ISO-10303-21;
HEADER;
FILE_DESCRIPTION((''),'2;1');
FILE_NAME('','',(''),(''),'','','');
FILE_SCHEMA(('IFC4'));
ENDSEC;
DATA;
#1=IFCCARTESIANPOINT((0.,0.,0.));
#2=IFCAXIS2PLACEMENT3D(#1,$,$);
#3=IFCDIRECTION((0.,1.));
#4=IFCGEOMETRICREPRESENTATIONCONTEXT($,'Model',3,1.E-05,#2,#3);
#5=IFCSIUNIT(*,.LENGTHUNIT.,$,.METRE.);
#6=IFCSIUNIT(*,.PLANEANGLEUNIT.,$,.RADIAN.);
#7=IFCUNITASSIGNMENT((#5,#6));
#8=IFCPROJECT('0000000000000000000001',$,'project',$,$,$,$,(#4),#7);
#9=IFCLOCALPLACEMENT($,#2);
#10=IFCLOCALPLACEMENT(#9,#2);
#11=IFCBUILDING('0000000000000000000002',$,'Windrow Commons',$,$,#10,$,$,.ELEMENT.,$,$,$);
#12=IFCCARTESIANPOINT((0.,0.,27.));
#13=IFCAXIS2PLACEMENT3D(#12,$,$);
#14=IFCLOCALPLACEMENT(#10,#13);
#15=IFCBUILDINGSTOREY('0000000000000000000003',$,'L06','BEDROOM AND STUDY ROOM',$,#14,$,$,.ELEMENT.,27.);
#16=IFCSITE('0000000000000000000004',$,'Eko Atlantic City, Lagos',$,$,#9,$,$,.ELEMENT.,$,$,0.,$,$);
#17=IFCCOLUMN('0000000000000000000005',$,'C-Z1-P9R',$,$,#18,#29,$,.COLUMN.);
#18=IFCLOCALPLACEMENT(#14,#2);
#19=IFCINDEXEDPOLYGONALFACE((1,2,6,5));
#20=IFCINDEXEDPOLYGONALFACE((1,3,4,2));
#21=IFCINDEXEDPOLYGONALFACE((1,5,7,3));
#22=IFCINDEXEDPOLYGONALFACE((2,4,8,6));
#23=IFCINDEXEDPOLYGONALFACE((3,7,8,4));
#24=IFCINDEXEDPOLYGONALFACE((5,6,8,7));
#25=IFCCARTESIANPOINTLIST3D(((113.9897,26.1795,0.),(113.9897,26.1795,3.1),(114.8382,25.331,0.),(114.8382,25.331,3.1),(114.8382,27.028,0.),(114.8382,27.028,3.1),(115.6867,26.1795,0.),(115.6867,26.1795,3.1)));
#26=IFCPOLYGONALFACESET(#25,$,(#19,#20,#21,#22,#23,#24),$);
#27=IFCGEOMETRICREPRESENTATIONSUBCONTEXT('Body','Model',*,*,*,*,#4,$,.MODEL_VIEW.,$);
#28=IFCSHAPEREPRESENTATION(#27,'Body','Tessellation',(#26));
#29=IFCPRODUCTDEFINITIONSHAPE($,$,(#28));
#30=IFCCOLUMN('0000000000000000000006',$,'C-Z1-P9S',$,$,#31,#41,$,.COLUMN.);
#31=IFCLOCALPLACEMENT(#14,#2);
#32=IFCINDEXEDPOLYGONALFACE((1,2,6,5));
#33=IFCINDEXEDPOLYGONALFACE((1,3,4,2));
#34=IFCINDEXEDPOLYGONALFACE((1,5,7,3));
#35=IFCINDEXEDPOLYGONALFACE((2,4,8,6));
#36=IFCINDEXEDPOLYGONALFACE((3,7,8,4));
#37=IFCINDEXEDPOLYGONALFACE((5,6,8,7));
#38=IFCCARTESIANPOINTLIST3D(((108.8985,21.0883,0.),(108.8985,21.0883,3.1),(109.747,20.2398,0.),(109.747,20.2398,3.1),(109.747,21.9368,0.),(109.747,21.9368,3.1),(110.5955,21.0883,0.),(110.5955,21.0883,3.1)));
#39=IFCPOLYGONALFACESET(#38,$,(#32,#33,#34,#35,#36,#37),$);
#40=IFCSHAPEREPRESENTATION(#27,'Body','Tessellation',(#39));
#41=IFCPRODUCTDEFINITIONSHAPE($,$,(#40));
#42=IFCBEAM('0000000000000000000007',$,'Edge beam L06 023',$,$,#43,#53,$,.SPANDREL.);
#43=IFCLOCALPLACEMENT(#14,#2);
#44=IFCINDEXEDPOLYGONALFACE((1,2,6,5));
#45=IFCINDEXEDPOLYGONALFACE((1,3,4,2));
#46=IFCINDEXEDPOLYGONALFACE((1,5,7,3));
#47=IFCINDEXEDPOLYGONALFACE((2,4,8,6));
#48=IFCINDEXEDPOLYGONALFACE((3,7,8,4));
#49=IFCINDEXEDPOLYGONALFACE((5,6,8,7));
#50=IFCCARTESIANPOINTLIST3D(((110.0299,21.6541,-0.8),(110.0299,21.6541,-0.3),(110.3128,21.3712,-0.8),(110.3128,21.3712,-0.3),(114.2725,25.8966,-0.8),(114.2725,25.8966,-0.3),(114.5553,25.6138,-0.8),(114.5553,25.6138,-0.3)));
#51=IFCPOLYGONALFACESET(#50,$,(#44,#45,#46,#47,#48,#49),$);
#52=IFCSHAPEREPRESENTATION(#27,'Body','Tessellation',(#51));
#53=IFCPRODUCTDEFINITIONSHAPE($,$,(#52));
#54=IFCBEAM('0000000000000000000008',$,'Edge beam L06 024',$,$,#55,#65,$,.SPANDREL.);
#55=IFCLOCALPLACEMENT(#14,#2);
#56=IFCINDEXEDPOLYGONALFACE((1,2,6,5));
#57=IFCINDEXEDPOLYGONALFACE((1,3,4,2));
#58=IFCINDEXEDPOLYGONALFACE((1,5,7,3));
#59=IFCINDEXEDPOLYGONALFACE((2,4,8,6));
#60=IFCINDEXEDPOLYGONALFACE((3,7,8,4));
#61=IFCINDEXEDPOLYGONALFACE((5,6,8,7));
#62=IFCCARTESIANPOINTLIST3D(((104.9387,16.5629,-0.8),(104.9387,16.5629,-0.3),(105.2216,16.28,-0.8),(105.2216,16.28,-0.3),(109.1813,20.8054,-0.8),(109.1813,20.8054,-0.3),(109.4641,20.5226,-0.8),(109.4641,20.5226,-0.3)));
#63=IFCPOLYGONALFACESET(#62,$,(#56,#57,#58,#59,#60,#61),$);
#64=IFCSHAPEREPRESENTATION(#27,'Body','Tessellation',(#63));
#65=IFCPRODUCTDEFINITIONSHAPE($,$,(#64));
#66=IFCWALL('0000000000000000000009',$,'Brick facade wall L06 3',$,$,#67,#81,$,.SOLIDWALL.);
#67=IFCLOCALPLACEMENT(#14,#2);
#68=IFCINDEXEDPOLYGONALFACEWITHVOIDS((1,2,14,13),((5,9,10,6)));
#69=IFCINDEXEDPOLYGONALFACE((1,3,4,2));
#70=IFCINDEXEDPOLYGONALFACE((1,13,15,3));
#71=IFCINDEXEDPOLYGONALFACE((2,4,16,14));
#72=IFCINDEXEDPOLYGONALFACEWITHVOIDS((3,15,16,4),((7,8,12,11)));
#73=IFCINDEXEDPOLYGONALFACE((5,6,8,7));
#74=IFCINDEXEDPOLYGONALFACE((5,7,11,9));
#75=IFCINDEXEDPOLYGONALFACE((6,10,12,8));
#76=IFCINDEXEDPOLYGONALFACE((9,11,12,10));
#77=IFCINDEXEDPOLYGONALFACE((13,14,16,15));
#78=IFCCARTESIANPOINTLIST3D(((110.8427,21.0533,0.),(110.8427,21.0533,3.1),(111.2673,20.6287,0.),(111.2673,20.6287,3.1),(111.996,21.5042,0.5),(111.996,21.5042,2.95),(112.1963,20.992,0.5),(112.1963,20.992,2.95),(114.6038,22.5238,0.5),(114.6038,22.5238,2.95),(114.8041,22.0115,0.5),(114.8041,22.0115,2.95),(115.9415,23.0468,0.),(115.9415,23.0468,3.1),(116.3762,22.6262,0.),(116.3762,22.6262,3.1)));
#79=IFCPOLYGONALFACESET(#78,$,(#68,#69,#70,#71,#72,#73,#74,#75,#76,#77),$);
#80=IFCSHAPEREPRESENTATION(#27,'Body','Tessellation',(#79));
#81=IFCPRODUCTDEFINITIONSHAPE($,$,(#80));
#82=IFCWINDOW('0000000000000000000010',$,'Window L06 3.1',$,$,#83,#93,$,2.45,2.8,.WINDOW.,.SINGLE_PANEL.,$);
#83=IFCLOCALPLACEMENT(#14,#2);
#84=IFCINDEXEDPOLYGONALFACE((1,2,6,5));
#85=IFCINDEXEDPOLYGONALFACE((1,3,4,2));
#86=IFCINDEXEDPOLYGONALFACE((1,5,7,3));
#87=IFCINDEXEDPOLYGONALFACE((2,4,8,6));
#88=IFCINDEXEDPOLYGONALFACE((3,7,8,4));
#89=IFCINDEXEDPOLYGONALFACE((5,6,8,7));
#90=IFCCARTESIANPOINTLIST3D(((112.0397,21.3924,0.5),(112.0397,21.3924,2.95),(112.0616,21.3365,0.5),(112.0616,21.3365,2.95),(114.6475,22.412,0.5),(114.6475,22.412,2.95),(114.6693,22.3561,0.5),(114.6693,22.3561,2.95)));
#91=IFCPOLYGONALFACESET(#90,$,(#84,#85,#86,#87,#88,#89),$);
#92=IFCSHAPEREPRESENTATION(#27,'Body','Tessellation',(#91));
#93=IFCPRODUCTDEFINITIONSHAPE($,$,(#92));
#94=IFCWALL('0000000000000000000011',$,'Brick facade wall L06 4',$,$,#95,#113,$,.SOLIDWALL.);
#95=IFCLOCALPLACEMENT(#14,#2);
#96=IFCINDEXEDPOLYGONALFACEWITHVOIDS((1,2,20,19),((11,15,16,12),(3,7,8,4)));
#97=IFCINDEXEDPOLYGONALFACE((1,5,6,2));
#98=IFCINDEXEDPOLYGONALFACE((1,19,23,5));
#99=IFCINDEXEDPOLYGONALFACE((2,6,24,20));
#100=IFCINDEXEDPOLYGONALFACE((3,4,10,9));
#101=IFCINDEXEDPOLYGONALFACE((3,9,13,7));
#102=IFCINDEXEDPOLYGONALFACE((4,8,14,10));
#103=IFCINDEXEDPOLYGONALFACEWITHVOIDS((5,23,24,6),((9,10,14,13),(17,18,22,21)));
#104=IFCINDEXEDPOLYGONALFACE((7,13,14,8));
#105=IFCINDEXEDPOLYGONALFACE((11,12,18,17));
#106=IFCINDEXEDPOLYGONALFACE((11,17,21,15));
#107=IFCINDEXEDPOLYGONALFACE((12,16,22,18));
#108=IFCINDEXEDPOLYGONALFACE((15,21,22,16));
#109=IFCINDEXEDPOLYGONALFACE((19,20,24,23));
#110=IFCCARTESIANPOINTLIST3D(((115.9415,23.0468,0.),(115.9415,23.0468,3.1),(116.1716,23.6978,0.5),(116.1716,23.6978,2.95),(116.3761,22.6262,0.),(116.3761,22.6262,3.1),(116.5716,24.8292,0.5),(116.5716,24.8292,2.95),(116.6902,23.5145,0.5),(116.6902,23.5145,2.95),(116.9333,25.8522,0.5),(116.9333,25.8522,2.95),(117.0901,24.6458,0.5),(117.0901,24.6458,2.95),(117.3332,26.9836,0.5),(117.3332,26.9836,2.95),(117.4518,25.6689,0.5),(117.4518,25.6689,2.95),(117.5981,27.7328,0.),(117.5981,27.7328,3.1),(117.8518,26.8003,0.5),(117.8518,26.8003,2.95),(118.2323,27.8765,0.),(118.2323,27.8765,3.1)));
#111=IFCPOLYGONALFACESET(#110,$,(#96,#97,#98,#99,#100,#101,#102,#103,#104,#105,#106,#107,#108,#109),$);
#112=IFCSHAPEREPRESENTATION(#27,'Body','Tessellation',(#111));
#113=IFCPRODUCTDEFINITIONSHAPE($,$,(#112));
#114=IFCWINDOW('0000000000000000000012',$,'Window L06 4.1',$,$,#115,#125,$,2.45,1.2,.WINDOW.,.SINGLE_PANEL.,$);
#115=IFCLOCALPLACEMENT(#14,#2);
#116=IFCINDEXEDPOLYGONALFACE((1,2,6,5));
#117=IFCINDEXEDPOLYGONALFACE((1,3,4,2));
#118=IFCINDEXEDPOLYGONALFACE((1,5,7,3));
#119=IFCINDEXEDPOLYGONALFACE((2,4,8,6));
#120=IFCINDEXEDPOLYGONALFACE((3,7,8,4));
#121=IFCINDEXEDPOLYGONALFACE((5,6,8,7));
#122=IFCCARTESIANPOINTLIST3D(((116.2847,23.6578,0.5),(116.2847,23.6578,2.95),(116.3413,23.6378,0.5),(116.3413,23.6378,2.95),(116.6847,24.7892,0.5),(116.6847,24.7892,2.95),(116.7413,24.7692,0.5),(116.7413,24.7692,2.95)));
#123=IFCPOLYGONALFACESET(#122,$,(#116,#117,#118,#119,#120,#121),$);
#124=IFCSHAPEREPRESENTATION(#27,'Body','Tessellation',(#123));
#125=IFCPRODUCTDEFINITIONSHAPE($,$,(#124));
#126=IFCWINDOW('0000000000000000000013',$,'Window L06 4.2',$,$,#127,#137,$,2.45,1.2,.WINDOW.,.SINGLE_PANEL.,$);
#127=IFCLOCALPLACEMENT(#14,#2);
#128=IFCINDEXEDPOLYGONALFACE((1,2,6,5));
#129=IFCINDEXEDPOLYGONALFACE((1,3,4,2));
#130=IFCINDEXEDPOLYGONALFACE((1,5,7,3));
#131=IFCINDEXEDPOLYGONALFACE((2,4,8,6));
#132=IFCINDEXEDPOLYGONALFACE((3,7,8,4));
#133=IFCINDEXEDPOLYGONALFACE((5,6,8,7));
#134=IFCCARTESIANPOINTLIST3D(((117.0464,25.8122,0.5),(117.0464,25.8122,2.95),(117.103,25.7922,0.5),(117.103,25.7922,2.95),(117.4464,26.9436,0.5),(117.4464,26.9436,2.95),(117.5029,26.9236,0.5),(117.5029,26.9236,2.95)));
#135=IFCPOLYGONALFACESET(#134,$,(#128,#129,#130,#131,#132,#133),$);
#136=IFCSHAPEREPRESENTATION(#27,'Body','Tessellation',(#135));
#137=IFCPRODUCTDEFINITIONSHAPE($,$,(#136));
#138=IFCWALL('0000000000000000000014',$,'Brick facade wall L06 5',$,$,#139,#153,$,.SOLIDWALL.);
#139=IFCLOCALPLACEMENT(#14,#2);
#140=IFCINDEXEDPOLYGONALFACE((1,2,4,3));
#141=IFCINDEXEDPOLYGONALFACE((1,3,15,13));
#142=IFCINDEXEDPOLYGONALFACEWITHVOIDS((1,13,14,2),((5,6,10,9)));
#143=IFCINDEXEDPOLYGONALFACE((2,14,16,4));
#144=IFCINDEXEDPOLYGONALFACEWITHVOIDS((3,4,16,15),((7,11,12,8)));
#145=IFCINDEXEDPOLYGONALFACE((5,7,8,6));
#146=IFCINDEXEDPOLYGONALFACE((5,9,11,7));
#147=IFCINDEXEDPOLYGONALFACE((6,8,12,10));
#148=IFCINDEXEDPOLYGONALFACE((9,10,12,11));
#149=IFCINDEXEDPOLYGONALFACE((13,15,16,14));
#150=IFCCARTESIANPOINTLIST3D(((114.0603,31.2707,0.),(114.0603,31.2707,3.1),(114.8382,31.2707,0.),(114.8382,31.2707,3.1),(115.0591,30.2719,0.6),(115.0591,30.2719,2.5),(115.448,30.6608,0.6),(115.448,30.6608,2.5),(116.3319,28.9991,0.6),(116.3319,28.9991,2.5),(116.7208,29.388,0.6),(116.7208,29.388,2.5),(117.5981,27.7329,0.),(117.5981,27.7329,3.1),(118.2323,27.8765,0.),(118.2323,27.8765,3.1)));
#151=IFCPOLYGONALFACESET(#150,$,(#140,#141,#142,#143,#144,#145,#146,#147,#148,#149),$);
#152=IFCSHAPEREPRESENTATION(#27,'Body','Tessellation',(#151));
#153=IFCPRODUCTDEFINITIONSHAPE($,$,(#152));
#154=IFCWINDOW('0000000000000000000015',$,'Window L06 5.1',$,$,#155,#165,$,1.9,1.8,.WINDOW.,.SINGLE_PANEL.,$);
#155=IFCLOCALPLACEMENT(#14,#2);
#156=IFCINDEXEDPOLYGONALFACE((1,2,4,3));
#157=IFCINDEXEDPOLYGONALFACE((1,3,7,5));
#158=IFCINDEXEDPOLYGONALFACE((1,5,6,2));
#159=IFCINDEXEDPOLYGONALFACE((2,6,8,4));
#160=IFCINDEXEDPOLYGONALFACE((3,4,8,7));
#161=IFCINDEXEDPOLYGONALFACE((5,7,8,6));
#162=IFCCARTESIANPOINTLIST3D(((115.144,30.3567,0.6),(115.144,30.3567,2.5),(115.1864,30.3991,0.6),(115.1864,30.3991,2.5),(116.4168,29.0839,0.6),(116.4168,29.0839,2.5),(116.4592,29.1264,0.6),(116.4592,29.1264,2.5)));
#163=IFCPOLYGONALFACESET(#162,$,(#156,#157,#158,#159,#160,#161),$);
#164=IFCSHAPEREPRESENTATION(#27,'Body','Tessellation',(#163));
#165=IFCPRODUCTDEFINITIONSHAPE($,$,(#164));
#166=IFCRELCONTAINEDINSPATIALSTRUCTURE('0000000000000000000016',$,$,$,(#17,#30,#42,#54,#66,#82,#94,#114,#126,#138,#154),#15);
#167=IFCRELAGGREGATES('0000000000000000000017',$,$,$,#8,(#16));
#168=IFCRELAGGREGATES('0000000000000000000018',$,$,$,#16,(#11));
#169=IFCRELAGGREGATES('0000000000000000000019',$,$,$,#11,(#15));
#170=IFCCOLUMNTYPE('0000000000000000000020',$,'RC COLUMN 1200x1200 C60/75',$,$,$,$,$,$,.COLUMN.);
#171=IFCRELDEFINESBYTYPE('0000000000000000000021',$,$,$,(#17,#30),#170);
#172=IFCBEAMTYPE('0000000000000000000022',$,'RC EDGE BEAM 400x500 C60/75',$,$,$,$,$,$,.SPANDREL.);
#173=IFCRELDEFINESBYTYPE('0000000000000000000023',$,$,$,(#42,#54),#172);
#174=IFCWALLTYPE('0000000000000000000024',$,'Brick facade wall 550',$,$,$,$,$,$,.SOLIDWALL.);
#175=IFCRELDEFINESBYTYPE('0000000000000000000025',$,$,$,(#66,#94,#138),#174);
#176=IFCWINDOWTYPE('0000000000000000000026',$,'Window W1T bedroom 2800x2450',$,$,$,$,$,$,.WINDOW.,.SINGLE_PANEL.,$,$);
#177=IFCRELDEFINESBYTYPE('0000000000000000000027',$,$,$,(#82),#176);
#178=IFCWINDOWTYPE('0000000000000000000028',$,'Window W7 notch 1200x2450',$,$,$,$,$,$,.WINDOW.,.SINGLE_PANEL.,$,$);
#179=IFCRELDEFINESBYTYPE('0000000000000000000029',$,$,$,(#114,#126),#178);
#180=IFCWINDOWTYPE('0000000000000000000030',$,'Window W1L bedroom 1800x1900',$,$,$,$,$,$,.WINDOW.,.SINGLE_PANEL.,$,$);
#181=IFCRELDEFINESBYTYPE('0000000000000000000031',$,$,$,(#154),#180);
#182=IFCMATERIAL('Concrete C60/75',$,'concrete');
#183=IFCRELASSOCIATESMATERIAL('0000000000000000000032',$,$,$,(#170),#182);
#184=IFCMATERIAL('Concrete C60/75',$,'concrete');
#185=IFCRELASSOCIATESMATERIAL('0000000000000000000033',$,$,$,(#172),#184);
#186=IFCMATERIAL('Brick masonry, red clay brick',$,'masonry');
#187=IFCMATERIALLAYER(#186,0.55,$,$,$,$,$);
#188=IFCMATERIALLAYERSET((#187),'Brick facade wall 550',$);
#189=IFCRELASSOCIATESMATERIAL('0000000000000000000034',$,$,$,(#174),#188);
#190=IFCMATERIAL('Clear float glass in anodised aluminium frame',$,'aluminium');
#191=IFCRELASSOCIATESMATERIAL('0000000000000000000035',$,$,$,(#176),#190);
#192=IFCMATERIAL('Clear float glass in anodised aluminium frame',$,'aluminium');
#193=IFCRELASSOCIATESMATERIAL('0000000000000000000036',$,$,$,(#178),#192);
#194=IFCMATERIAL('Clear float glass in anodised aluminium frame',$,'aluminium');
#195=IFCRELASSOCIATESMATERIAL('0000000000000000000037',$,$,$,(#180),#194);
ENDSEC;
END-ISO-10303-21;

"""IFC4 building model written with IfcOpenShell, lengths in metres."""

from ifc_helpers import new_model, si_unit, direction, frame, frame_2d, origin, origin_2d, place, context, subcontext, project, spatial, polyline, rectangle, outline, extrude, material, layer, layer_set, material_profile, profile_set, type_object, element, fill, save


model = new_model("IFC4")

# Units and contexts
model_context = context("Model", 3, precision=1e-05, world=origin(), true_north=direction((0.0, 1.0)))
body_context = subcontext(model_context, "Body", "Model", "MODEL_VIEW")
ifc_project = project(units=[si_unit("LENGTHUNIT", "METRE"), si_unit("PLANEANGLEUNIT", "RADIAN")], contexts=[model_context])

# Site, building, storey
site_placement = place(None, origin())
site = spatial("IfcSite", under=ifc_project, at=site_placement, Name="Eko Atlantic City, Lagos", CompositionType="ELEMENT", RefElevation=0.0)
building_placement = place(site_placement, origin())
building = spatial("IfcBuilding", under=site, at=building_placement, Name="Windrow Commons", CompositionType="ELEMENT")
storey_placement = place(building_placement, frame((0.0, 0.0, 27.0)))
storey = spatial("IfcBuildingStorey", under=building, at=storey_placement, Name="L06", Description="BEDROOM AND STUDY ROOM", CompositionType="ELEMENT", Elevation=27.0)

# Columns
ifc_material_1 = material(Name="Concrete C60/75", Category="concrete")
ifc_material_profile_1 = material_profile(ifc_material_1, rectangle(XDim=1.2, YDim=1.2, at=origin_2d()))
ifc_profile_set_1 = profile_set([ifc_material_profile_1], Name="Concrete C60/75")
column_type = type_object("IfcColumnType", Name="RC COLUMN 1200x1200 C60/75", PredefinedType="COLUMN", material=ifc_profile_set_1)
for number, where, z_axis, x_axis, name in (
    (1, (114.8382, 26.1795, 0.0), (0.0, 0.0, 1.0), (0.707107, -0.707107, 0.0), "C-Z1-P9R"),
    (2, (109.747, 21.0883, 0.0), (0.0, 0.0, 1.0), (0.707107, -0.707107, 0.0), "C-Z1-P9S"),
):
    element("IfcColumn", number, at=place(storey_placement, frame(where, z_axis=z_axis, x_axis=x_axis)), inside=storey, type_object=column_type, Name=name, PredefinedType="COLUMN", context=body_context, shape_type="SweptSolid", body=[
        extrude(rectangle(XDim=1.2, YDim=1.2, at=origin_2d()), origin(), (0.0, 0.0, 1.0), 3.1),
    ])

# Beams
ifc_material_2 = material(Name="Concrete C60/75", Category="concrete")
ifc_material_profile_2 = material_profile(ifc_material_2, rectangle(XDim=0.4, YDim=0.5, at=origin_2d()))
ifc_profile_set_2 = profile_set([ifc_material_profile_2], Name="Concrete C60/75")
beam_type = type_object("IfcBeamType", Name="RC EDGE BEAM 400x500 C60/75", PredefinedType="SPANDREL", material=ifc_profile_set_2)
for number, where, z_axis, x_axis, name in (
    (3, (114.4139, 25.7552, -0.55), (-0.707107, -0.707107, 0.0), (0.707107, -0.707107, 0.0), "Edge beam L06 023"),
    (4, (109.3227, 20.664, -0.55), (-0.707107, -0.707107, 0.0), (0.707107, -0.707107, 0.0), "Edge beam L06 024"),
):
    element("IfcBeam", number, at=place(storey_placement, frame(where, z_axis=z_axis, x_axis=x_axis)), inside=storey, type_object=beam_type, Name=name, PredefinedType="SPANDREL", context=body_context, shape_type="SweptSolid", body=[
        extrude(rectangle(XDim=0.4, YDim=0.5, at=origin_2d()), origin(), (0.0, 0.0, 1.0), 5.9999),
    ])

# Wall, opening, window
ifc_material_3 = material(Name="Brick masonry, red clay brick", Category="masonry")
ifc_layer_1 = layer(ifc_material_3, 0.55)
ifc_layer_set_1 = layer_set([ifc_layer_1], Name="Brick facade wall 550")
wall_type_1 = type_object("IfcWallType", Name="Brick facade wall 550", PredefinedType="SOLIDWALL", material=ifc_layer_set_1)
wall_1_placement = place(storey_placement, frame((111.055, 20.841, 0.0), z_axis=(0.0, 0.0, 1.0), x_axis=(0.931344, 0.36414, 0.0)))
wall_1 = element("IfcWall", 5, at=wall_1_placement, inside=storey, type_object=wall_type_1, Name="Brick facade wall L06 3", PredefinedType="SOLIDWALL", context=body_context, shape_type="SweptSolid", body=[
    extrude(outline(polyline([(0.1204, -0.275), (5.6059, -0.275), (5.3542, 0.275), (-0.1204, 0.275), (0.1204, -0.275)])), origin(), (0.0, 0.0, 1.0), 3.1),
])
opening_1_placement = place(wall_1_placement, frame((1.1179, 0.0, 0.5)))
opening_1 = element("IfcOpeningElement", 6, at=opening_1_placement, cuts=wall_1, PredefinedType="OPENING", context=body_context, shape_type="SweptSolid", body=[
    extrude(rectangle(XDim=2.8, YDim=2.45, at=frame_2d((1.4, 1.225))), frame((0.0, 0.285, 0.0), z_axis=(0.0, -1.0, 0.0), x_axis=(1.0, 0.0, 0.0)), (0.0, 0.0, 1.0), 0.57),
])
ifc_material_4 = material(Name="Clear float glass in anodised aluminium frame", Category="aluminium")
window_type_1 = type_object("IfcWindowType", Name="Window W1T bedroom 2800x2450", PartitioningType="SINGLE_PANEL", PredefinedType="WINDOW", material=ifc_material_4)
window_1_placement = place(opening_1_placement, origin())
window_1 = element("IfcWindow", 7, at=window_1_placement, inside=storey, type_object=window_type_1, Name="Window L06 3.1", OverallHeight=2.45, OverallWidth=2.8, PartitioningType="SINGLE_PANEL", PredefinedType="WINDOW", context=body_context, shape_type="SweptSolid", body=[
    extrude(rectangle(XDim=2.8, YDim=2.45, at=frame_2d((1.4, 1.225))), frame((0.0, 0.155, 0.0), z_axis=(0.0, -1.0, 0.0), x_axis=(1.0, 0.0, 0.0)), (0.0, 0.0, 1.0), 0.06),
])
fill(opening_1, window_1)

# Wall, openings, windows
wall_2_placement = place(storey_placement, frame((116.1588, 22.8365, 0.0), z_axis=(0.0, 0.0, 1.0), x_axis=(0.333312, 0.942816, 0.0)))
wall_2 = element("IfcWall", 8, at=wall_2_placement, inside=storey, type_object=wall_type_1, Name="Brick facade wall L06 4", PredefinedType="SOLIDWALL", context=body_context, shape_type="SweptSolid", body=[
    extrude(outline(polyline([(-0.1258, -0.275), (5.4429, -0.275), (5.0961, 0.275), (0.1258, 0.275), (-0.1258, -0.275)])), origin(), (0.0, 0.0, 1.0), 3.1),
])
opening_2_placement = place(wall_2_placement, frame((0.8163, 0.0, 0.5)))
opening_2 = element("IfcOpeningElement", 9, at=opening_2_placement, cuts=wall_2, PredefinedType="OPENING", context=body_context, shape_type="SweptSolid", body=[
    extrude(rectangle(XDim=1.2, YDim=2.45, at=frame_2d((0.6, 1.225))), frame((0.0, 0.285, 0.0), z_axis=(0.0, -1.0, 0.0), x_axis=(1.0, 0.0, 0.0)), (0.0, 0.0, 1.0), 0.57),
])
opening_3_placement = place(wall_2_placement, frame((3.1014, 0.0, 0.5)))
opening_3 = element("IfcOpeningElement", 10, at=opening_3_placement, cuts=wall_2, PredefinedType="OPENING", context=body_context, shape_type="SweptSolid", body=[
    extrude(rectangle(XDim=1.2, YDim=2.45, at=frame_2d((0.6, 1.225))), frame((0.0, 0.285, 0.0), z_axis=(0.0, -1.0, 0.0), x_axis=(1.0, 0.0, 0.0)), (0.0, 0.0, 1.0), 0.57),
])
ifc_material_5 = material(Name="Clear float glass in anodised aluminium frame", Category="aluminium")
window_type_2 = type_object("IfcWindowType", Name="Window W7 notch 1200x2450", PartitioningType="SINGLE_PANEL", PredefinedType="WINDOW", material=ifc_material_5)
window_2_placement = place(opening_2_placement, origin())
window_2 = element("IfcWindow", 11, at=window_2_placement, inside=storey, type_object=window_type_2, Name="Window L06 4.1", OverallHeight=2.45, OverallWidth=1.2, PartitioningType="SINGLE_PANEL", PredefinedType="WINDOW", context=body_context, shape_type="SweptSolid", body=[
    extrude(rectangle(XDim=1.2, YDim=2.45, at=frame_2d((0.6, 1.225))), frame((0.0, 0.155, 0.0), z_axis=(0.0, -1.0, 0.0), x_axis=(1.0, 0.0, 0.0)), (0.0, 0.0, 1.0), 0.06),
])
fill(opening_2, window_2)
window_3_placement = place(opening_3_placement, origin())
window_3 = element("IfcWindow", 12, at=window_3_placement, inside=storey, type_object=window_type_2, Name="Window L06 4.2", OverallHeight=2.45, OverallWidth=1.2, PartitioningType="SINGLE_PANEL", PredefinedType="WINDOW", context=body_context, shape_type="SweptSolid", body=[
    extrude(rectangle(XDim=1.2, YDim=2.45, at=frame_2d((0.6, 1.225))), frame((0.0, 0.155, 0.0), z_axis=(0.0, -1.0, 0.0), x_axis=(1.0, 0.0, 0.0)), (0.0, 0.0, 1.0), 0.06),
])
fill(opening_3, window_3)

# Wall, opening, window
wall_3_placement = place(storey_placement, frame((117.9152, 27.8047, 0.0), z_axis=(0.0, 0.0, 1.0), x_axis=(-0.707107, 0.707107, 0.0)))
wall_3 = element("IfcWall", 13, at=wall_3_placement, inside=storey, type_object=wall_type_1, Name="Brick facade wall L06 5", PredefinedType="SOLIDWALL", context=body_context, shape_type="SweptSolid", body=[
    extrude(outline(polyline([(-0.1734, -0.275), (4.6266, -0.275), (5.1766, 0.275), (0.1734, 0.275), (-0.1734, -0.275)])), origin(), (0.0, 0.0, 1.0), 3.1),
])
opening_4_placement = place(wall_3_placement, frame((1.9641, 0.0, 0.6)))
opening_4 = element("IfcOpeningElement", 14, at=opening_4_placement, cuts=wall_3, PredefinedType="OPENING", context=body_context, shape_type="SweptSolid", body=[
    extrude(rectangle(XDim=1.8, YDim=1.9, at=frame_2d((0.9, 0.95))), frame((0.0, 0.285, 0.0), z_axis=(0.0, -1.0, 0.0), x_axis=(1.0, 0.0, 0.0)), (0.0, 0.0, 1.0), 0.57),
])
ifc_material_6 = material(Name="Clear float glass in anodised aluminium frame", Category="aluminium")
window_type_3 = type_object("IfcWindowType", Name="Window W1L bedroom 1800x1900", PartitioningType="SINGLE_PANEL", PredefinedType="WINDOW", material=ifc_material_6)
window_4_placement = place(opening_4_placement, origin())
window_4 = element("IfcWindow", 15, at=window_4_placement, inside=storey, type_object=window_type_3, Name="Window L06 5.1", OverallHeight=1.9, OverallWidth=1.8, PartitioningType="SINGLE_PANEL", PredefinedType="WINDOW", context=body_context, shape_type="SweptSolid", body=[
    extrude(rectangle(XDim=1.8, YDim=1.9, at=frame_2d((0.9, 0.95))), frame((0.0, 0.155, 0.0), z_axis=(0.0, -1.0, 0.0), x_axis=(1.0, 0.0, 0.0)), (0.0, 0.0, 1.0), 0.06),
])
fill(opening_4, window_4)

save(model, "model.ifc")
